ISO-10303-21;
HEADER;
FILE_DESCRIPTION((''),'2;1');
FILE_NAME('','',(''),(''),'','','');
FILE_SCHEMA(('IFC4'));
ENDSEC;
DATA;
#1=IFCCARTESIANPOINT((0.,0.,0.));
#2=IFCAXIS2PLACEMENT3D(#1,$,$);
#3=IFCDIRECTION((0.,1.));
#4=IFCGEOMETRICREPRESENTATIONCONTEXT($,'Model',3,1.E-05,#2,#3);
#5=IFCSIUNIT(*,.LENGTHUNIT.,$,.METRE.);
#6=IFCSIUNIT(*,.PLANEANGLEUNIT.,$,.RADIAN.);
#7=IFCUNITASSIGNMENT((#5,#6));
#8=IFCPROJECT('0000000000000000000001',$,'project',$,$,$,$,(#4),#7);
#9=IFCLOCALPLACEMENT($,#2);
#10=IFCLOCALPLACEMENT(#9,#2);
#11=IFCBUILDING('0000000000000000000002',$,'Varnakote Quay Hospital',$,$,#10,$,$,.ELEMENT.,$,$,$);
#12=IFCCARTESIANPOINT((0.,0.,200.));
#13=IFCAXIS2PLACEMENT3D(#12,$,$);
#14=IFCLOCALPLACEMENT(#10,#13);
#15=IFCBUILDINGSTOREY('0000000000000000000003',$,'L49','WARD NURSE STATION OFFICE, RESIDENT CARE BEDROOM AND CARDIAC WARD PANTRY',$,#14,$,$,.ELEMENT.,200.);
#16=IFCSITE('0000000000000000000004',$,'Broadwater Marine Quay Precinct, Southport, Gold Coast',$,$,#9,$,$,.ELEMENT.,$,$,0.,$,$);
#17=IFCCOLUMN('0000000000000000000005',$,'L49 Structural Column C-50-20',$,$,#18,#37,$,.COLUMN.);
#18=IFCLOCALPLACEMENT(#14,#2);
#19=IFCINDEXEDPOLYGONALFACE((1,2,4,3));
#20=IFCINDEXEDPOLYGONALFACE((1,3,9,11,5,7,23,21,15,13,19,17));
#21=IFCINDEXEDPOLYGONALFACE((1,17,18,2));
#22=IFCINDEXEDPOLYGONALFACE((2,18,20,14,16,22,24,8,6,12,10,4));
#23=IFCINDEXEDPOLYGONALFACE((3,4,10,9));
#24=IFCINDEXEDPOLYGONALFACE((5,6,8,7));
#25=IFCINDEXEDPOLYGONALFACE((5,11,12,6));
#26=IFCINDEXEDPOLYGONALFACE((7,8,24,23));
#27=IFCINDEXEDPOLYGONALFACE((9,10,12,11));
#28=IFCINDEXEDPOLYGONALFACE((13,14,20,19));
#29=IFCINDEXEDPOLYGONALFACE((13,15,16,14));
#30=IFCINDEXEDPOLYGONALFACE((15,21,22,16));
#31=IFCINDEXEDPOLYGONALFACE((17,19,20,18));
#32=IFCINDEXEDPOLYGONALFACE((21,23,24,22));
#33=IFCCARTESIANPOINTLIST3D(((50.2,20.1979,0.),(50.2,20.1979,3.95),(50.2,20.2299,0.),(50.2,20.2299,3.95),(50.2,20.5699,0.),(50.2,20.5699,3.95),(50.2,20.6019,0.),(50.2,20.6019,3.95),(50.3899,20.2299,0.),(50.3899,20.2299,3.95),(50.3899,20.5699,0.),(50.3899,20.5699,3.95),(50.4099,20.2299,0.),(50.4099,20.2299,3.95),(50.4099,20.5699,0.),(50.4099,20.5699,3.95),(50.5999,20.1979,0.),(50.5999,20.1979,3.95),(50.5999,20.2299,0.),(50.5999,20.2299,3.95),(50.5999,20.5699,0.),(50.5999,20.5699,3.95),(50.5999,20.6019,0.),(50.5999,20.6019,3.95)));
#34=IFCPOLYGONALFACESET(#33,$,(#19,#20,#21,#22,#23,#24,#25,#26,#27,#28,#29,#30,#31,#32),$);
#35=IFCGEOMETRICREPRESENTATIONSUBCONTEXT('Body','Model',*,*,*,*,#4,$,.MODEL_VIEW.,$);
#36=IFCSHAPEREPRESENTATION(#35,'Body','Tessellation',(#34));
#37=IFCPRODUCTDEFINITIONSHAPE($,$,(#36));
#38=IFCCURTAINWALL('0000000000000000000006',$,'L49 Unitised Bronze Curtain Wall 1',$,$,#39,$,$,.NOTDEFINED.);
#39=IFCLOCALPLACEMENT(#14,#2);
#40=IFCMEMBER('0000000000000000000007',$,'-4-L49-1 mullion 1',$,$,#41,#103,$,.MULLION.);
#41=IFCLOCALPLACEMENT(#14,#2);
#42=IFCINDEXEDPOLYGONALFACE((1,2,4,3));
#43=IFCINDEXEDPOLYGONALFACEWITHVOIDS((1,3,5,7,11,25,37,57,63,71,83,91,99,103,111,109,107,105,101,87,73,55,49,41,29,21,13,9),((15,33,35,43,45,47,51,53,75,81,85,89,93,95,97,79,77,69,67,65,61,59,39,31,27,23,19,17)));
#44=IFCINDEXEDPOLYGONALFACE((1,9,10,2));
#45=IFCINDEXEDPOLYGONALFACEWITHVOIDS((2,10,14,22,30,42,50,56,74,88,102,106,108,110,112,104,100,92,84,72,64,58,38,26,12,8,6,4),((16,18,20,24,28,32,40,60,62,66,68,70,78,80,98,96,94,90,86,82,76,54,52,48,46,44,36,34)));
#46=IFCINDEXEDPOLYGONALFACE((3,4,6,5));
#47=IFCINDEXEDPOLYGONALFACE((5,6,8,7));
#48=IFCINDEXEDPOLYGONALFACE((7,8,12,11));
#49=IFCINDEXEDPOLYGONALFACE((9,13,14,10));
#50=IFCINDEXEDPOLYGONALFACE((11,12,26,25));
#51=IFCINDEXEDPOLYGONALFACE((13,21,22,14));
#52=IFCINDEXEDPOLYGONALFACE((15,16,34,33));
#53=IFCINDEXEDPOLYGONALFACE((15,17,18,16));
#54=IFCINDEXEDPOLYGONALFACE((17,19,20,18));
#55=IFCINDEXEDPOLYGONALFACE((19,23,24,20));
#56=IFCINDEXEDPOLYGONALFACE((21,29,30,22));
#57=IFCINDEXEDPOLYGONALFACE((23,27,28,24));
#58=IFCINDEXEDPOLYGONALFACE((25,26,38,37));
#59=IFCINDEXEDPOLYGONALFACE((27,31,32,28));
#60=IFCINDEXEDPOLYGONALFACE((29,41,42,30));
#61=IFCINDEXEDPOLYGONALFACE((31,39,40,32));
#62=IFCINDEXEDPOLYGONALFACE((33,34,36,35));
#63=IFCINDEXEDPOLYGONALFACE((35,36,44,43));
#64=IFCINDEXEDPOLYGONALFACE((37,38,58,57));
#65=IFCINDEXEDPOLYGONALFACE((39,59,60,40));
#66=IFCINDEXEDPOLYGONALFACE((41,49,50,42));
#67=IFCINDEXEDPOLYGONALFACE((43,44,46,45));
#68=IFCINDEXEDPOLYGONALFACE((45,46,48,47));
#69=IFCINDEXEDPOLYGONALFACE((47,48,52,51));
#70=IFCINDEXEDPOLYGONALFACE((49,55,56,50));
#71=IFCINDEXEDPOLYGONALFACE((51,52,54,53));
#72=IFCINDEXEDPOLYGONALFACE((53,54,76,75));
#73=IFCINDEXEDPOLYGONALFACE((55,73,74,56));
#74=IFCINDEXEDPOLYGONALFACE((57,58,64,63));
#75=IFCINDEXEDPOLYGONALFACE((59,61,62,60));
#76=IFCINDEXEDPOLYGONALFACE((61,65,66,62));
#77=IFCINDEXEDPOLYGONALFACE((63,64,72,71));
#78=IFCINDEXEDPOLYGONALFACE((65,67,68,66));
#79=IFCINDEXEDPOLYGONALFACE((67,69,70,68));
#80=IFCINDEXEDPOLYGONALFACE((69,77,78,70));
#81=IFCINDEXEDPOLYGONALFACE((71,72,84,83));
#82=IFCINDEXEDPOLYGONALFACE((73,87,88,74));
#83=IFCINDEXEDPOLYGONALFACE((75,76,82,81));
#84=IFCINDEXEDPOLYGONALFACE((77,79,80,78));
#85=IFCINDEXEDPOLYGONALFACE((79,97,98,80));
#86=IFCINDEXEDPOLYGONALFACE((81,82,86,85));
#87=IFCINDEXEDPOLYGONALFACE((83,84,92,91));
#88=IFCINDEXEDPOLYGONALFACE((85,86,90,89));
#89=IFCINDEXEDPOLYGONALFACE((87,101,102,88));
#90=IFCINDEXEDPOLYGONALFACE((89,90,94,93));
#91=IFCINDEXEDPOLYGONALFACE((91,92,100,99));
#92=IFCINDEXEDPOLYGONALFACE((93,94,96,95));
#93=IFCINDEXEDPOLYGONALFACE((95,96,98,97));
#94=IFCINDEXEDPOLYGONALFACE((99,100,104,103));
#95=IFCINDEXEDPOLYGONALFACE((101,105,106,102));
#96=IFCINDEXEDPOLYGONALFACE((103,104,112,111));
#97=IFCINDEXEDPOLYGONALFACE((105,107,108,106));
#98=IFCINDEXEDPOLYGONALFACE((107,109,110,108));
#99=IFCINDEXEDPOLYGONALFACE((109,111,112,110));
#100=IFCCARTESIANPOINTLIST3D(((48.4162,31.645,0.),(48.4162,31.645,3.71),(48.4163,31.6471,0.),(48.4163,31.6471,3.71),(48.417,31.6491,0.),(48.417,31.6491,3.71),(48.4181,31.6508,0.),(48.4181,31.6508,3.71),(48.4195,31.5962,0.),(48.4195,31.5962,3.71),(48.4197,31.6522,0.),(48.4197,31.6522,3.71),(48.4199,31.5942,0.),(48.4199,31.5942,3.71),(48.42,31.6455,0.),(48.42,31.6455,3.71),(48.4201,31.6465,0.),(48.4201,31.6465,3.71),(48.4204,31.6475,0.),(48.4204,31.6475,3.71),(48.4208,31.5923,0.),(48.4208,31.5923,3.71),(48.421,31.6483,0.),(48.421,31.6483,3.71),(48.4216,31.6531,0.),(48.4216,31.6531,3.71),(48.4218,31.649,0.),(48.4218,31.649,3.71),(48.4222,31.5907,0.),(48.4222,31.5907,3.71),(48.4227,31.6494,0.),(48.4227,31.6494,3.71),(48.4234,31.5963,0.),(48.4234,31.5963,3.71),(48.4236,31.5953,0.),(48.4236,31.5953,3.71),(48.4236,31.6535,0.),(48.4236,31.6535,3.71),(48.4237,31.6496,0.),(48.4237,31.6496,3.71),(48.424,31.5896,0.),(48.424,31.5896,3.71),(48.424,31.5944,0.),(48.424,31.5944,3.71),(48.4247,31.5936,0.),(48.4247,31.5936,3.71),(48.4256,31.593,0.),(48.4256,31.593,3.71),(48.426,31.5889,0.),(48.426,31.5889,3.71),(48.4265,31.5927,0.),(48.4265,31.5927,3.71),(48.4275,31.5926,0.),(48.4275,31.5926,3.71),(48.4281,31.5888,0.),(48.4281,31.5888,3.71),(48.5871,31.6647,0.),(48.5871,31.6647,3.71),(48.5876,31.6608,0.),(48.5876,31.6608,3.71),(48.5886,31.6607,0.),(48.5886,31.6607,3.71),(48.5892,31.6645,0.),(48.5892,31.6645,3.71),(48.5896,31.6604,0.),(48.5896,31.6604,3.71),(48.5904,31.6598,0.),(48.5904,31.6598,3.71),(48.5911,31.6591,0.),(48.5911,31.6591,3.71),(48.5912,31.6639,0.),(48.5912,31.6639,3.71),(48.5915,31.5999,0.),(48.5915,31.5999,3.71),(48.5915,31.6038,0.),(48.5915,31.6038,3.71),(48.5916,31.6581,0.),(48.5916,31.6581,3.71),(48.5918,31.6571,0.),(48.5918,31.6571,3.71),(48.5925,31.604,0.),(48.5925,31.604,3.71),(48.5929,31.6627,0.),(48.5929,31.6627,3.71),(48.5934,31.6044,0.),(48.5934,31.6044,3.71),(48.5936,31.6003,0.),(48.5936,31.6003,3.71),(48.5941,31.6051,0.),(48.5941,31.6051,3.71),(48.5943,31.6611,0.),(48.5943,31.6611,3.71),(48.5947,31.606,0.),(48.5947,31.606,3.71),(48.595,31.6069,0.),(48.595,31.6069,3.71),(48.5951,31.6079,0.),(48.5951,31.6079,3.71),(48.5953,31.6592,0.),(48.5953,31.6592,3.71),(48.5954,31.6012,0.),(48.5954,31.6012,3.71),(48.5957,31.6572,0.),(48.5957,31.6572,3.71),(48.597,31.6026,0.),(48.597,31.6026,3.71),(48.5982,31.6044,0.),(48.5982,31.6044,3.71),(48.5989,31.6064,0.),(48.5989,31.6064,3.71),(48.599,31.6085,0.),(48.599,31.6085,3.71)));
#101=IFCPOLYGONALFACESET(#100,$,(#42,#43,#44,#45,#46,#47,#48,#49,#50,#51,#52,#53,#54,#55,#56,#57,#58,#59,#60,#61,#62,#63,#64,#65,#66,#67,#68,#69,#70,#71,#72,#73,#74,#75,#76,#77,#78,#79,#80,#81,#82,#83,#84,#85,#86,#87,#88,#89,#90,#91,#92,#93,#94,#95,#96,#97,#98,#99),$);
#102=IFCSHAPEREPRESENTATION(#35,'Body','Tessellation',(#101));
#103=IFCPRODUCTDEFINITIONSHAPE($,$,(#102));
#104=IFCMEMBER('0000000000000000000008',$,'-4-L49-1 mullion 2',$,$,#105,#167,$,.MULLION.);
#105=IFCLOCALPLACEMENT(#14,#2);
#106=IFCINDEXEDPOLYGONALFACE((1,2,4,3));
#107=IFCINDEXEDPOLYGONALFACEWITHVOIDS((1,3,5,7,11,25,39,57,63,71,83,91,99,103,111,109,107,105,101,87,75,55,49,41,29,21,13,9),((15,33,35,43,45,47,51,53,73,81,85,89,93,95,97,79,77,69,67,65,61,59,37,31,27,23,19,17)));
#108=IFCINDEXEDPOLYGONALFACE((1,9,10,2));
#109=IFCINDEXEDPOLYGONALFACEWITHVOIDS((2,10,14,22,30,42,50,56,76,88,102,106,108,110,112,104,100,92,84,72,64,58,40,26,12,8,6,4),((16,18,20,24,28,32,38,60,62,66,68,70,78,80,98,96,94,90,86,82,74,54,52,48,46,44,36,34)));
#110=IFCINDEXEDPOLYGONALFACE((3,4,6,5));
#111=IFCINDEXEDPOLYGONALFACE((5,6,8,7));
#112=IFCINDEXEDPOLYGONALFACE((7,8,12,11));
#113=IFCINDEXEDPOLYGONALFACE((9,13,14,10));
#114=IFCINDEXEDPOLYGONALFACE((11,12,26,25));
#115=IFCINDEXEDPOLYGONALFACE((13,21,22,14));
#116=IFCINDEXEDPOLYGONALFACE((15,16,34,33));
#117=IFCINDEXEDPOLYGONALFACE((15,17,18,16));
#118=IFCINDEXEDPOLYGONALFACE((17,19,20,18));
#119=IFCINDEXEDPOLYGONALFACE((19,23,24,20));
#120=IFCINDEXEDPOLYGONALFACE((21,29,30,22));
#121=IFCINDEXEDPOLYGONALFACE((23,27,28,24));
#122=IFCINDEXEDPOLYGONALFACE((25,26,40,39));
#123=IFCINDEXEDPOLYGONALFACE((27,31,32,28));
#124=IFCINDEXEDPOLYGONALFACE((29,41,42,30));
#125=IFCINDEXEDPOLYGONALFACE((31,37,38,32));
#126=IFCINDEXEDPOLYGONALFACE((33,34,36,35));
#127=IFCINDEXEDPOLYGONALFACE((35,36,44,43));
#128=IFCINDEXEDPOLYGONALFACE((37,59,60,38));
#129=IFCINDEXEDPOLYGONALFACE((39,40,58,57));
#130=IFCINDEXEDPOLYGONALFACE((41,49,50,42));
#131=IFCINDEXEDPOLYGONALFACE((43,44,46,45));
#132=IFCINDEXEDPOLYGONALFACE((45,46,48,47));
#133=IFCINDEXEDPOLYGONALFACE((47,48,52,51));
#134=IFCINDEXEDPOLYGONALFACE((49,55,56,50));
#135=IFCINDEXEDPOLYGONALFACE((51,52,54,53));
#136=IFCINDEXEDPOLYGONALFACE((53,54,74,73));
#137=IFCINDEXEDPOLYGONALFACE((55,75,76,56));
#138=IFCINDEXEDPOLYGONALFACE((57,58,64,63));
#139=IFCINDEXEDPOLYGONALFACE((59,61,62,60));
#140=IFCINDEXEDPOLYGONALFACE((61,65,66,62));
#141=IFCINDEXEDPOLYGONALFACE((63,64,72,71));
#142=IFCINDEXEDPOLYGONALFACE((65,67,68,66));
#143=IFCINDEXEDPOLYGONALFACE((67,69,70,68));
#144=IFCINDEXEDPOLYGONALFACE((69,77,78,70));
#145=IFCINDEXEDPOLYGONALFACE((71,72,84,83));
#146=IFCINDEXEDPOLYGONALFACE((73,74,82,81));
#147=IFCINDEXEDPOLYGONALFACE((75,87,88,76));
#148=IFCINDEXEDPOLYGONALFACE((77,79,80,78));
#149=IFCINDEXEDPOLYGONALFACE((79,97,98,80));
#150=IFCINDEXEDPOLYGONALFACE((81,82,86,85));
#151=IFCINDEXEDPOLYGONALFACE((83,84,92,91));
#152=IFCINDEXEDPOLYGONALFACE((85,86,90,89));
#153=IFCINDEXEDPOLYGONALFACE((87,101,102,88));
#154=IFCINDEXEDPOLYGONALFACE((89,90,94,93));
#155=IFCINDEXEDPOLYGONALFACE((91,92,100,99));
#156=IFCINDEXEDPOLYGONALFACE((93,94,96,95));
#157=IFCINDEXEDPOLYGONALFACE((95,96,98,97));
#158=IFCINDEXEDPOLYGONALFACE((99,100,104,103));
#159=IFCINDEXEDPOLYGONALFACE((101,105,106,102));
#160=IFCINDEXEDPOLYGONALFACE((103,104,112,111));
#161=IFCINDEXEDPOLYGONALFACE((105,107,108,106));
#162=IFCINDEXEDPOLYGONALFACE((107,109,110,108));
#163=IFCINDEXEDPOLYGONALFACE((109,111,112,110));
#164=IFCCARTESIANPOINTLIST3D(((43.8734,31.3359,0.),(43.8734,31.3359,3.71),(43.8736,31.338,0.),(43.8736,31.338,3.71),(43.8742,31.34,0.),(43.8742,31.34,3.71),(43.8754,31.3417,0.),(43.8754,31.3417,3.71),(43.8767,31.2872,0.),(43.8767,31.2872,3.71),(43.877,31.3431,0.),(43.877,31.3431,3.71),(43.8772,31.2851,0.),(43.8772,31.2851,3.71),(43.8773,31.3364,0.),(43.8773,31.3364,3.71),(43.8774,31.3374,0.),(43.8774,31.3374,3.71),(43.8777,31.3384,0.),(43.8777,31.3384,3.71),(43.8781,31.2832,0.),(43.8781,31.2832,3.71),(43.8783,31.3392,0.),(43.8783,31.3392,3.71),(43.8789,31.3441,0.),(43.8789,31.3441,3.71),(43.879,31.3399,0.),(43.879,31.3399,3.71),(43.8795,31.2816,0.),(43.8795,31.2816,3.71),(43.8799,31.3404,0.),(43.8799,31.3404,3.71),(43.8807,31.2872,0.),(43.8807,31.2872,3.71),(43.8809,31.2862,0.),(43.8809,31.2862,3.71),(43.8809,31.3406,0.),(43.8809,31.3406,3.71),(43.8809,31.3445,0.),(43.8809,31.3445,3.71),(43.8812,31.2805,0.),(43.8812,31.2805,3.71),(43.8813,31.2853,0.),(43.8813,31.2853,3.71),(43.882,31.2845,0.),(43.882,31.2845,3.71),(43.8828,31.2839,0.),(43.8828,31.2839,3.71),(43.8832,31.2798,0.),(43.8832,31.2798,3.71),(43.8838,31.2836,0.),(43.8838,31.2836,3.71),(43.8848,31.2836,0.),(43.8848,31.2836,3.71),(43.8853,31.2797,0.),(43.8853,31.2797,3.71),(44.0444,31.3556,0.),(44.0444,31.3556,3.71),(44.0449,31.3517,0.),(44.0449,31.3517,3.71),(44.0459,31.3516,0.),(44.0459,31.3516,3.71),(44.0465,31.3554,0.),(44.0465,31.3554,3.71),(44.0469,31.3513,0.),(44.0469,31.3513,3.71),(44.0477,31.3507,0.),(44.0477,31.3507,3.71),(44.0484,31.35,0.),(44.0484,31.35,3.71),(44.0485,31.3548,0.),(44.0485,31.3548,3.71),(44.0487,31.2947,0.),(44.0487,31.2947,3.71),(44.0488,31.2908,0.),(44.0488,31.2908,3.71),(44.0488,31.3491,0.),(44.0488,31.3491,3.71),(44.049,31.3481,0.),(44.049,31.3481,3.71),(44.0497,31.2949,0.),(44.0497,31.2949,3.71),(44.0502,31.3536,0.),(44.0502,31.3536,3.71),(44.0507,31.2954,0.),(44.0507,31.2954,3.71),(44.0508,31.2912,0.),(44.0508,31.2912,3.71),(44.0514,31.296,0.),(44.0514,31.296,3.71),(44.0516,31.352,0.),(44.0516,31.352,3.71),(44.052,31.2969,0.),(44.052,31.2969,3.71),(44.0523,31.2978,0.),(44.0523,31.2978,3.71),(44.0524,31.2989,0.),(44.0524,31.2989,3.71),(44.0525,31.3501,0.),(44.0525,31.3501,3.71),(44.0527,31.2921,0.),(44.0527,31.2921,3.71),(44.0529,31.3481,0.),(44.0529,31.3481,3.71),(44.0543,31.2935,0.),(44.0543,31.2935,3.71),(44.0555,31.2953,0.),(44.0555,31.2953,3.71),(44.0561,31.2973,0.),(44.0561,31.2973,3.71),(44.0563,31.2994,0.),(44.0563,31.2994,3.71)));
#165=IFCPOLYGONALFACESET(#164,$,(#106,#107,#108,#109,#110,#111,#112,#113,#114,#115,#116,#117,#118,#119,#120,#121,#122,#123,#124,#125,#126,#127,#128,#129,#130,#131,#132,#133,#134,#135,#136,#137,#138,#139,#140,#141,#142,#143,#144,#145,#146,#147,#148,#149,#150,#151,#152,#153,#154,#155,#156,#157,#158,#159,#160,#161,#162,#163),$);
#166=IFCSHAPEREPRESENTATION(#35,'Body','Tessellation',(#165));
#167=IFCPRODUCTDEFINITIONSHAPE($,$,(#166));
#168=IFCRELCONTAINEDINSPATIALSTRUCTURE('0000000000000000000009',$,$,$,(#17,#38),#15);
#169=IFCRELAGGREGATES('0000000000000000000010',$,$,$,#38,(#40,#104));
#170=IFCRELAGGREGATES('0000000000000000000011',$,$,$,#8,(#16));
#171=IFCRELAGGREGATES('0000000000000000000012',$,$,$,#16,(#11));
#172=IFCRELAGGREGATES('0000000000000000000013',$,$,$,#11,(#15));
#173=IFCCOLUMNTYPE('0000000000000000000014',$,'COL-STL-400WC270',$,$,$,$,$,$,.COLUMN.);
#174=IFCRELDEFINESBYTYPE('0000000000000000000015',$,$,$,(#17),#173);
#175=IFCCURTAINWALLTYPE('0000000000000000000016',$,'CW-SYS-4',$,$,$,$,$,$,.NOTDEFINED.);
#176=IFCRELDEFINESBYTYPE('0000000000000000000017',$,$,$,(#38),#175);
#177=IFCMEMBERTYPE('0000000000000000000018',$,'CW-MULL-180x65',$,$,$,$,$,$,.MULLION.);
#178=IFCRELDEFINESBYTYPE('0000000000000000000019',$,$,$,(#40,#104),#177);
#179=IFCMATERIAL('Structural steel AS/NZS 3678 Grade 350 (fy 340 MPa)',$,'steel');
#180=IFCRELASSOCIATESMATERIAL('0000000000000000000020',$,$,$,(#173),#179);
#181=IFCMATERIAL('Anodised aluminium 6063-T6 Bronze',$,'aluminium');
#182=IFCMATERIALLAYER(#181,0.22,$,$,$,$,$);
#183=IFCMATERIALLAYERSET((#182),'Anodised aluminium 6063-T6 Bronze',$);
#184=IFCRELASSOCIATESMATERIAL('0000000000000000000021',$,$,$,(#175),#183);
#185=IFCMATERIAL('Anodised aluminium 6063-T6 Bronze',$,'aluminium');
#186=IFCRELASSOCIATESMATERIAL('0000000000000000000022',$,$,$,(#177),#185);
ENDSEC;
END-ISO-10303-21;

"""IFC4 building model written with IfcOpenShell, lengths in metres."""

from ifc_helpers import new_model, si_unit, direction, frame, origin, origin_2d, place, context, subcontext, project, spatial, hollow_rectangle, i_section, extrude, material, layer, layer_set, material_profile, profile_set, type_object, element, aggregate, save


model = new_model("IFC4")

# Units and contexts
model_context = context("Model", 3, precision=1e-05, world=origin(), true_north=direction((0.0, 1.0)))
body_context = subcontext(model_context, "Body", "Model", "MODEL_VIEW")
ifc_project = project(units=[si_unit("LENGTHUNIT", "METRE"), si_unit("PLANEANGLEUNIT", "RADIAN")], contexts=[model_context])

# Site, building, storey
site_placement = place(None, origin())
site = spatial("IfcSite", under=ifc_project, at=site_placement, Name="Broadwater Marine Quay Precinct, Southport, Gold Coast", CompositionType="ELEMENT", RefElevation=0.0)
building_placement = place(site_placement, origin())
building = spatial("IfcBuilding", under=site, at=building_placement, Name="Varnakote Quay Hospital", CompositionType="ELEMENT")
storey_placement = place(building_placement, frame((0.0, 0.0, 200.0)))
storey = spatial("IfcBuildingStorey", under=building, at=storey_placement, Name="L49", Description="WARD NURSE STATION OFFICE, RESIDENT CARE BEDROOM AND CARDIAC WARD PANTRY", CompositionType="ELEMENT", Elevation=200.0)

# Column
ifc_material_1 = material(Name="Structural steel AS/NZS 3678 Grade 350 (fy 340 MPa)", Category="steel")
ifc_material_profile_1 = material_profile(ifc_material_1, i_section(OverallWidth=0.3999, OverallDepth=0.4041, WebThickness=0.02, FlangeThickness=0.032, at=origin_2d()), Name="400WC270")
ifc_profile_set_1 = profile_set([ifc_material_profile_1], Name="Structural steel AS/NZS 3678 Grade 350 (fy 340 MPa)")
column_type = type_object("IfcColumnType", Name="COL-STL-400WC270", PredefinedType="COLUMN", material=ifc_profile_set_1)
column_placement = place(storey_placement, frame((50.3999, 20.3999, 0.0), z_axis=(0.0, 0.0, 1.0), x_axis=(1.0, 0.0, 0.0)))
element("IfcColumn", 1, at=column_placement, inside=storey, type_object=column_type, Name="L49 Structural Column C-50-20", PredefinedType="COLUMN", context=body_context, shape_type="SweptSolid", body=[
    extrude(i_section(OverallWidth=0.3999, OverallDepth=0.4041, WebThickness=0.02, FlangeThickness=0.032, at=origin_2d()), origin(), (0.0, 0.0, 1.0), 3.95),
])

# Curtain wall, members
ifc_material_2 = material(Name="Anodised aluminium 6063-T6 Bronze", Category="aluminium")
ifc_layer_1 = layer(ifc_material_2, 0.22)
ifc_layer_set_1 = layer_set([ifc_layer_1], Name="Anodised aluminium 6063-T6 Bronze")
curtain_wall_type = type_object("IfcCurtainWallType", Name="CW-SYS-4", PredefinedType="NOTDEFINED", material=ifc_layer_set_1)
curtain_wall_placement = place(storey_placement, origin())
curtain_wall = element("IfcCurtainWall", 2, at=curtain_wall_placement, inside=storey, type_object=curtain_wall_type, Name="L49 Unitised Bronze Curtain Wall 1", PredefinedType="NOTDEFINED")
ifc_material_3 = material(Name="Anodised aluminium 6063-T6 Bronze", Category="aluminium")
ifc_material_profile_2 = material_profile(ifc_material_3, hollow_rectangle(XDim=0.0649, YDim=0.1799, WallThickness=0.0039, InnerFilletRadius=0.0039, OuterFilletRadius=0.0081, at=origin_2d()), Name="CW-MULL-180x65")
ifc_profile_set_2 = profile_set([ifc_material_profile_2], Name="Anodised aluminium 6063-T6 Bronze")
member_type_1 = type_object("IfcMemberType", Name="CW-MULL-180x65", PredefinedType="MULLION", material=ifc_profile_set_2)
member_1_placement = place(storey_placement, frame((48.5076, 31.6267, 0.0), z_axis=(0.0, 0.0, 1.0), x_axis=(0.067842, -0.997696, 0.0)))
member_1 = element("IfcMember", 3, at=member_1_placement, type_object=member_type_1, Name="-4-L49-1 mullion 1", PredefinedType="MULLION", context=body_context, shape_type="SweptSolid", body=[
    extrude(hollow_rectangle(XDim=0.0649, YDim=0.1799, WallThickness=0.0039, InnerFilletRadius=0.0039, OuterFilletRadius=0.0081, at=origin_2d()), origin(), (0.0, 0.0, 1.0), 3.71),
])
member_2_placement = place(storey_placement, frame((43.9648, 31.3176, 0.0), z_axis=(0.0, 0.0, 1.0), x_axis=(0.067842, -0.997696, 0.0)))
member_2 = element("IfcMember", 4, at=member_2_placement, type_object=member_type_1, Name="-4-L49-1 mullion 2", PredefinedType="MULLION", context=body_context, shape_type="SweptSolid", body=[
    extrude(hollow_rectangle(XDim=0.0649, YDim=0.1799, WallThickness=0.0039, InnerFilletRadius=0.0039, OuterFilletRadius=0.0081, at=origin_2d()), origin(), (0.0, 0.0, 1.0), 3.71),
])
aggregate(curtain_wall, [member_1, member_2])

save(model, "model.ifc")
